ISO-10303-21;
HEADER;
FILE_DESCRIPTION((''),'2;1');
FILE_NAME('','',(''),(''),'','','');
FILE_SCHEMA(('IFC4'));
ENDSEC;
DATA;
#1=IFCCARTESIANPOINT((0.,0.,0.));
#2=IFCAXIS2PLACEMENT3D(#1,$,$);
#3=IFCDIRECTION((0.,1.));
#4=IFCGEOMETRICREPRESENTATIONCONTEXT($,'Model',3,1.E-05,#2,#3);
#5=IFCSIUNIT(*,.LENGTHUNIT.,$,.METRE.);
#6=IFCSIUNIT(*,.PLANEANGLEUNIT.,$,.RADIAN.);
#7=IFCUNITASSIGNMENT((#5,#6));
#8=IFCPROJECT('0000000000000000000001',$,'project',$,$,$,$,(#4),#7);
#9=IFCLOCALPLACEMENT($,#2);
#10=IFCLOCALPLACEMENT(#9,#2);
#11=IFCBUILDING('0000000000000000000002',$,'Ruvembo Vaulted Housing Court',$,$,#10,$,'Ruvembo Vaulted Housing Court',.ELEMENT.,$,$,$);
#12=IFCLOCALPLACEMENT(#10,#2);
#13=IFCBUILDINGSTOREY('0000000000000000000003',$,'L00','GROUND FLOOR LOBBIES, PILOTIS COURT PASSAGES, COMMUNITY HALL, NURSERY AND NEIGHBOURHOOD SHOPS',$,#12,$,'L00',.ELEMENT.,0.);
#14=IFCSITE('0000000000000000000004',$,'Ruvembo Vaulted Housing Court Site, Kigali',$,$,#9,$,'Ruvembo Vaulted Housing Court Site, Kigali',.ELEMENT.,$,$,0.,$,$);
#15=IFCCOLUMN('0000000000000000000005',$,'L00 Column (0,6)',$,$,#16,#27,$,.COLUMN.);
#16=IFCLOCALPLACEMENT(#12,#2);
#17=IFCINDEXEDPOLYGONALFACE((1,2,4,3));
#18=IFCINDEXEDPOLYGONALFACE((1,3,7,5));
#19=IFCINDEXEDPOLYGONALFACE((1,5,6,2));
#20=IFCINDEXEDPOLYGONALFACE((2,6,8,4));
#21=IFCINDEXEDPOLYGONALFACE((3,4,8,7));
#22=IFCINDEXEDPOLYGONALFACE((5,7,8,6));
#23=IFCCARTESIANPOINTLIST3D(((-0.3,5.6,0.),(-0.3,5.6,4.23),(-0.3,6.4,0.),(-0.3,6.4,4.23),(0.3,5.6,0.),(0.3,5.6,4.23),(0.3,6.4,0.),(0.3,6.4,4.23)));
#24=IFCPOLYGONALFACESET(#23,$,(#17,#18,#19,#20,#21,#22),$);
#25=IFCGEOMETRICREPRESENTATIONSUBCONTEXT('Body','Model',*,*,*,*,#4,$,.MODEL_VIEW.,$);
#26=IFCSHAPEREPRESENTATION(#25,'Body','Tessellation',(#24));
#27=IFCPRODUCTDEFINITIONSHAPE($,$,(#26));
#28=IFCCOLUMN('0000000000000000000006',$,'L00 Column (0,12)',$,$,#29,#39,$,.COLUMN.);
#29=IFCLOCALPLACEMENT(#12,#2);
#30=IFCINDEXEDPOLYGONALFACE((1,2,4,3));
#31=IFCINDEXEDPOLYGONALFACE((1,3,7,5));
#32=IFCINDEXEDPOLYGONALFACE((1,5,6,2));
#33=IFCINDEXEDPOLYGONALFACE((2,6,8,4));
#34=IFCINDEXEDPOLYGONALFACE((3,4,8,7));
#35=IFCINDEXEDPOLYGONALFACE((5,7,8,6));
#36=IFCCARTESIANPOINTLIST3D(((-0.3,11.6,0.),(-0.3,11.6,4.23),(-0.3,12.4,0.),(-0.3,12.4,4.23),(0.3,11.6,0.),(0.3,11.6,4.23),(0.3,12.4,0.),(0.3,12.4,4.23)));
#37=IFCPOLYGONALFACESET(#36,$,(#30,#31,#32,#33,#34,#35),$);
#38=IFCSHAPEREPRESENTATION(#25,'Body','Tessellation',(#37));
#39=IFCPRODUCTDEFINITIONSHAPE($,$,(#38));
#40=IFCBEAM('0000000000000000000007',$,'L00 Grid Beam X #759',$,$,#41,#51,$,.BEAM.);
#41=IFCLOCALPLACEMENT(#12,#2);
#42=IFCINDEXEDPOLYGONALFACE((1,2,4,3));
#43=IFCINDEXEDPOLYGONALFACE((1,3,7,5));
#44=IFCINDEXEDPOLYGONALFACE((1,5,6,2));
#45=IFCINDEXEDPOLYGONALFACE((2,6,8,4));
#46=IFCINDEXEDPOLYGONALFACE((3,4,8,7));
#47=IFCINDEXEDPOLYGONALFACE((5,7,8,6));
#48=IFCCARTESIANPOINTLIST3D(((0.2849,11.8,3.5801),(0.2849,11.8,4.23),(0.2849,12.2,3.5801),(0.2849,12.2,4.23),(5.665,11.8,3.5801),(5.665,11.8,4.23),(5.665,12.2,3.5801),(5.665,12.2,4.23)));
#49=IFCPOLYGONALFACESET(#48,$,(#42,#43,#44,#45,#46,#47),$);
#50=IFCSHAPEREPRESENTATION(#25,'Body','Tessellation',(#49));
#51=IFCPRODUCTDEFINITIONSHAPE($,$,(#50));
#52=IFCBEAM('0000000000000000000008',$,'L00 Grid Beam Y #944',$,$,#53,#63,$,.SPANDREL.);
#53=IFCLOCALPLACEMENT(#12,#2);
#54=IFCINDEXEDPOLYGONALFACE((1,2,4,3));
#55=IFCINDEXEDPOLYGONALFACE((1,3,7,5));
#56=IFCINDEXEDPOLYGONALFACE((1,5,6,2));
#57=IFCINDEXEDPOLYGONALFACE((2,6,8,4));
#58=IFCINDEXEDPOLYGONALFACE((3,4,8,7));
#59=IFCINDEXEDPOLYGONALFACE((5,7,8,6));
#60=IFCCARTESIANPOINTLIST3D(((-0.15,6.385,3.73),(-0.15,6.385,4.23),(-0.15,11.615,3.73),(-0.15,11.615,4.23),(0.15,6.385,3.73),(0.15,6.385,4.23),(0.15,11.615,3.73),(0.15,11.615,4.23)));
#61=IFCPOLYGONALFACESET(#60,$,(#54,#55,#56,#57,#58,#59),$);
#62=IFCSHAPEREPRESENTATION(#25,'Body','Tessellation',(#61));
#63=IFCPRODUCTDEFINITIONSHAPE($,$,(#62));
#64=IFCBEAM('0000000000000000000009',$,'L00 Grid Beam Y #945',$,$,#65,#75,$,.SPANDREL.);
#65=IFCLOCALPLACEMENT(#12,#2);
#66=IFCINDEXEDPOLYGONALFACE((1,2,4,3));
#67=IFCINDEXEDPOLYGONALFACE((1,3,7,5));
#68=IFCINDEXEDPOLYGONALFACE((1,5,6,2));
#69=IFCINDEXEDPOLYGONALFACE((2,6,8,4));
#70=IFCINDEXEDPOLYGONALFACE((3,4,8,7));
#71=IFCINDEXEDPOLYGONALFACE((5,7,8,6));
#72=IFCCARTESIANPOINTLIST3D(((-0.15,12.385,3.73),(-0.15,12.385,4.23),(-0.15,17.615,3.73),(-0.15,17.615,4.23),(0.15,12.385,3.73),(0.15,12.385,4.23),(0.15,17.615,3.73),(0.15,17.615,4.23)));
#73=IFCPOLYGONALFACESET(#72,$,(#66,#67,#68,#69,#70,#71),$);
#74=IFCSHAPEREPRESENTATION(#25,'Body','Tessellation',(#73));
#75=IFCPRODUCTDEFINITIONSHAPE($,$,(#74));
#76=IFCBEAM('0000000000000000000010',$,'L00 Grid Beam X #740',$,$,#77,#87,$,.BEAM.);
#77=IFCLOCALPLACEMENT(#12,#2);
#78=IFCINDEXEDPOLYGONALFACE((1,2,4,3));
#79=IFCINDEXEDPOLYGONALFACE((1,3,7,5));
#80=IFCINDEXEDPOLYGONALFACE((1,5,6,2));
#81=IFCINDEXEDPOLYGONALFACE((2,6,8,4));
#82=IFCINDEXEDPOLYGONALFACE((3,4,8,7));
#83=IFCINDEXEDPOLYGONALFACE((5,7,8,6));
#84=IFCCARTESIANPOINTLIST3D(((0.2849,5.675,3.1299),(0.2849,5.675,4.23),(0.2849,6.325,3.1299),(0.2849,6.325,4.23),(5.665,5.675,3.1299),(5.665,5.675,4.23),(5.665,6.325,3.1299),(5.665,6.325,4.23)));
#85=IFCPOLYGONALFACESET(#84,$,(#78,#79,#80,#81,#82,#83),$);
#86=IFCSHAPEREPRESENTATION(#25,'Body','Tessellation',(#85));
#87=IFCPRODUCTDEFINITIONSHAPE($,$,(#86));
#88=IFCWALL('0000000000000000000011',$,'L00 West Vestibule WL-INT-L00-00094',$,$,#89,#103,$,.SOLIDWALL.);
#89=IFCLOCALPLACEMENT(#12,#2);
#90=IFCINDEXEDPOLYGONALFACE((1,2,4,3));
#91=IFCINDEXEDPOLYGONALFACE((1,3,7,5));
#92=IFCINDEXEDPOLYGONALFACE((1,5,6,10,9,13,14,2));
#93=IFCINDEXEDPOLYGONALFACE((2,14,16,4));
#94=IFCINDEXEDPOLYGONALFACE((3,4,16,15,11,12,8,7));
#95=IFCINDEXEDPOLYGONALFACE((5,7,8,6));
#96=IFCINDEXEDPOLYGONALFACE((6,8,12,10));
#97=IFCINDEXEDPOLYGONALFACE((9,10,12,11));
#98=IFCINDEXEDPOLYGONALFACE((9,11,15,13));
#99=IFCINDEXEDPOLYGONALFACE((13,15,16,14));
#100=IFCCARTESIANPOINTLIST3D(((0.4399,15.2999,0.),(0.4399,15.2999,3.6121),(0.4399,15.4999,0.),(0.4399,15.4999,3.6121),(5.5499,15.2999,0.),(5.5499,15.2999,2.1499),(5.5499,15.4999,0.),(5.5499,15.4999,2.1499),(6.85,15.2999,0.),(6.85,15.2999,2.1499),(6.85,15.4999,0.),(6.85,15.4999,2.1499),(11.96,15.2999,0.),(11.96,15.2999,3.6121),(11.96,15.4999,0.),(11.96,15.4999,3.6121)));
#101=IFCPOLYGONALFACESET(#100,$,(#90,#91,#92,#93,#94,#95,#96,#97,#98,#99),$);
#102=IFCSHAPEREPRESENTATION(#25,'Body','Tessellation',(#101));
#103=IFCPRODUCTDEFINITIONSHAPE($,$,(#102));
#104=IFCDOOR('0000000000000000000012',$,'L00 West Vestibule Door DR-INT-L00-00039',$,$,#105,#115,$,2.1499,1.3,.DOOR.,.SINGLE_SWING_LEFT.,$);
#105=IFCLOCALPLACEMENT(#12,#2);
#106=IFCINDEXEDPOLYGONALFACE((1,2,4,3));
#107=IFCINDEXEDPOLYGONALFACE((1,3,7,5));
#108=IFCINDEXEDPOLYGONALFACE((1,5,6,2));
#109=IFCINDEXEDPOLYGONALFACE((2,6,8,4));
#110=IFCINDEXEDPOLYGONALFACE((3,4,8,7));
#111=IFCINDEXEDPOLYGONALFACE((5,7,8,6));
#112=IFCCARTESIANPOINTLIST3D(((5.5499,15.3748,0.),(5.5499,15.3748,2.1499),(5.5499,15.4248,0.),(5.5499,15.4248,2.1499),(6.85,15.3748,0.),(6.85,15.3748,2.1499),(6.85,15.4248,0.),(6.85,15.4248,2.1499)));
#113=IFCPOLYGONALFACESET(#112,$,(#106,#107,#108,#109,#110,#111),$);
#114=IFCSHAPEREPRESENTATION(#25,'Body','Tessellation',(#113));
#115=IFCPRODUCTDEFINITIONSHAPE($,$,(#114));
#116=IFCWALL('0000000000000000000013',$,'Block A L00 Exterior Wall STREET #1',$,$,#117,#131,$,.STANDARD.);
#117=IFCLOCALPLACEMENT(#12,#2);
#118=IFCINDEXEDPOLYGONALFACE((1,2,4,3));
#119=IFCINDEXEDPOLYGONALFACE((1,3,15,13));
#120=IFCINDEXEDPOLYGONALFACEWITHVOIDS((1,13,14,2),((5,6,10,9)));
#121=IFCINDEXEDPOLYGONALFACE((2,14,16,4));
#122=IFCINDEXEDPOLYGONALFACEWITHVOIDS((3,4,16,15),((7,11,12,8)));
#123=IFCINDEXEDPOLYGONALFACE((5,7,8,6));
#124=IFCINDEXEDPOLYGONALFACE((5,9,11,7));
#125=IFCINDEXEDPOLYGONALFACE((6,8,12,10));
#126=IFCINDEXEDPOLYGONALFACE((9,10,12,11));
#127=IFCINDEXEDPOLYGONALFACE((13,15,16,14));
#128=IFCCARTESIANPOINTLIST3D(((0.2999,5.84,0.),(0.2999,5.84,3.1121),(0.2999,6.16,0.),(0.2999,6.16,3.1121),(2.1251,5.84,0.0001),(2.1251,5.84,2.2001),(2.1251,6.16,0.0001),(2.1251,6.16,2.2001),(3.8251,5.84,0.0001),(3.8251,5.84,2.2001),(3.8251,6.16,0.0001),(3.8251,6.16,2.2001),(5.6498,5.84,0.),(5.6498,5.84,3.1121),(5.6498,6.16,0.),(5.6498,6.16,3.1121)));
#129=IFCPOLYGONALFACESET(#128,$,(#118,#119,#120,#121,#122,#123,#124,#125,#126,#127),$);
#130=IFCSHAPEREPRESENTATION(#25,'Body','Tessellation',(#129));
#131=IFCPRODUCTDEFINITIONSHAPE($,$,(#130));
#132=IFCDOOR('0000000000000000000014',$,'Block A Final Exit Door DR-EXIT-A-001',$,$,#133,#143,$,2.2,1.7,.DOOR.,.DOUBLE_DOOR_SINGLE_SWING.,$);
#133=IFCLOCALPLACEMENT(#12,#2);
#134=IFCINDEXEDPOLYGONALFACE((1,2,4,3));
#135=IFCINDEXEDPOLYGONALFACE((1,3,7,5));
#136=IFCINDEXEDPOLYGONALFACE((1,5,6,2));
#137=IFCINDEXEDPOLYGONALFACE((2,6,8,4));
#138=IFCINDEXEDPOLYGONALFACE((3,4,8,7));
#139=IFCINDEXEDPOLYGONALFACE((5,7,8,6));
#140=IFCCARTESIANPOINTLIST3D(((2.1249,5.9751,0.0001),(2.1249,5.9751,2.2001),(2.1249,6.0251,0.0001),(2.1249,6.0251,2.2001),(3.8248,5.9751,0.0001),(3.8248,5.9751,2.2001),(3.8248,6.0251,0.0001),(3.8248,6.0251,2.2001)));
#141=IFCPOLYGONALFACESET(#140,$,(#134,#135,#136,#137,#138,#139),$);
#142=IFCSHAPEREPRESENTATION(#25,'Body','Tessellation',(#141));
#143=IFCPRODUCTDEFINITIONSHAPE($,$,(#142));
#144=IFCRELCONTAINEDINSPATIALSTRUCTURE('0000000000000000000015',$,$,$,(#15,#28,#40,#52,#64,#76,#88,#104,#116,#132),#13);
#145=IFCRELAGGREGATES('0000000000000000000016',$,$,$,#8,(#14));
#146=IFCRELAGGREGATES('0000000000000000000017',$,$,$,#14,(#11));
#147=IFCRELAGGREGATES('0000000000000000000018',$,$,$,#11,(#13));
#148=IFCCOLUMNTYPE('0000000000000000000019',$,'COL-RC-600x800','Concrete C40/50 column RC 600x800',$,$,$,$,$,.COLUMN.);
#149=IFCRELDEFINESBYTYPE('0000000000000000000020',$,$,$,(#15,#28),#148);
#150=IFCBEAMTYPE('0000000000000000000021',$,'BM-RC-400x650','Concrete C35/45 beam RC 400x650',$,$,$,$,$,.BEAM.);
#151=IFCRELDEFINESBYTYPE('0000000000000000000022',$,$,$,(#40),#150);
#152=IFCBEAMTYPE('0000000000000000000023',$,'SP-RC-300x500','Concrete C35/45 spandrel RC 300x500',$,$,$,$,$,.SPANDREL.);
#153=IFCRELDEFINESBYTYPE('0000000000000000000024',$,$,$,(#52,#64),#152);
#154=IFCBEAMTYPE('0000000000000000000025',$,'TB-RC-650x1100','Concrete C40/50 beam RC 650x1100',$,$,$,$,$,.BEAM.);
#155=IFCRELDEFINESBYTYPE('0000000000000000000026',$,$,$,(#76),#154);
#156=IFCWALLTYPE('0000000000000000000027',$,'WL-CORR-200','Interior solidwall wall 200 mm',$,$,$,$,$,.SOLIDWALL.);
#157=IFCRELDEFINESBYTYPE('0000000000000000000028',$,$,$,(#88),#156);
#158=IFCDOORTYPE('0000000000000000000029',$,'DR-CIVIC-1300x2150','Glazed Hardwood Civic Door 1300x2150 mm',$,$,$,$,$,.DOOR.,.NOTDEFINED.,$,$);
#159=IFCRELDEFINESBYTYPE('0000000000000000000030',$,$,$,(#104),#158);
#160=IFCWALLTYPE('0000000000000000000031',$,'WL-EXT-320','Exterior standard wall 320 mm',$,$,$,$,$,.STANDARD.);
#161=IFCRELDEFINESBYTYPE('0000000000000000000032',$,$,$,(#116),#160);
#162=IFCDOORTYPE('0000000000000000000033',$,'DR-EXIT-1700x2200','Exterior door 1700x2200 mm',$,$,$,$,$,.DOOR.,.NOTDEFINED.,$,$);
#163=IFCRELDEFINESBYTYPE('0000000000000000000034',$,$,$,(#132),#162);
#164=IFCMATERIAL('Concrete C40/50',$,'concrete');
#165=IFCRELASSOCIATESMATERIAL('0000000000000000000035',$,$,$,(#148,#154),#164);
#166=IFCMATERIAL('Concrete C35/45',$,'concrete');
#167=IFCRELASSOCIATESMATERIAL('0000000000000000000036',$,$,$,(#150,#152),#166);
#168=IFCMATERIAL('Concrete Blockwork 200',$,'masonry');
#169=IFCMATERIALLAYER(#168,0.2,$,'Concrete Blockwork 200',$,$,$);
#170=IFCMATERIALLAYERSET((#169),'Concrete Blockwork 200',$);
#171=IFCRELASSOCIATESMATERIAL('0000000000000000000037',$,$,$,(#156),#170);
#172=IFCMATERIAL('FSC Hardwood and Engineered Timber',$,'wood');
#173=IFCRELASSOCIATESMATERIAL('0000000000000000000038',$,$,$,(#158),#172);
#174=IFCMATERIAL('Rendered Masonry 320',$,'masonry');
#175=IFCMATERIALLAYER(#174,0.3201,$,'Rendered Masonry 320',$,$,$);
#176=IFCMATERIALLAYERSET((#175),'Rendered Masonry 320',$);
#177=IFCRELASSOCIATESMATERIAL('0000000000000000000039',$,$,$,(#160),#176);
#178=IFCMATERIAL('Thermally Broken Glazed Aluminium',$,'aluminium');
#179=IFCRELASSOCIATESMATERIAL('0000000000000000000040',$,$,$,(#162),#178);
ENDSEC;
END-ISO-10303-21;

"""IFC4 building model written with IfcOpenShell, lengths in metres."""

from ifc_helpers import new_model, si_unit, direction, frame, frame_2d, origin, origin_2d, place, context, subcontext, project, spatial, rectangle, extrude, material, layer, layer_set, material_profile, profile_set, type_object, element, fill, save


model = new_model("IFC4")

# Units and contexts
model_context = context("Model", 3, precision=1e-05, world=origin(), true_north=direction((0.0, 1.0)))
body_context = subcontext(model_context, "Body", "Model", "MODEL_VIEW")
ifc_project = project(units=[si_unit("LENGTHUNIT", "METRE"), si_unit("PLANEANGLEUNIT", "RADIAN")], contexts=[model_context])

# Site, building, storey
site_placement = place(None, origin())
site = spatial("IfcSite", under=ifc_project, at=site_placement, Name="Ruvembo Vaulted Housing Court Site, Kigali", LongName="Ruvembo Vaulted Housing Court Site, Kigali", CompositionType="ELEMENT", RefElevation=0.0)
building_placement = place(site_placement, origin())
building = spatial("IfcBuilding", under=site, at=building_placement, Name="Ruvembo Vaulted Housing Court", LongName="Ruvembo Vaulted Housing Court", CompositionType="ELEMENT")
storey_placement = place(building_placement, origin())
storey = spatial("IfcBuildingStorey", under=building, at=storey_placement, Name="L00", Description="GROUND FLOOR LOBBIES, PILOTIS COURT PASSAGES, COMMUNITY HALL, NURSERY AND NEIGHBOURHOOD SHOPS", LongName="L00", CompositionType="ELEMENT", Elevation=0.0)

# Columns
ifc_material_1 = material(Name="Concrete C40/50", Category="concrete")
ifc_material_profile_1 = material_profile(ifc_material_1, rectangle(XDim=0.6001, YDim=0.8, at=origin_2d()), Name="RC 600x800")
ifc_profile_set_1 = profile_set([ifc_material_profile_1], Name="Concrete C40/50")
column_type = type_object("IfcColumnType", Name="COL-RC-600x800", Description="Concrete C40/50 column RC 600x800", PredefinedType="COLUMN", material=ifc_profile_set_1)
for number, where, z_axis, x_axis, name in (
    (1, (0.0, 6.0, 0.0), (0.0, 0.0, 1.0), (1.0, 0.0, 0.0), "L00 Column (0,6)"),
    (2, (0.0, 12.0, 0.0), (0.0, 0.0, 1.0), (1.0, 0.0, 0.0), "L00 Column (0,12)"),
):
    element("IfcColumn", number, at=place(storey_placement, frame(where, z_axis=z_axis, x_axis=x_axis)), inside=storey, type_object=column_type, Name=name, PredefinedType="COLUMN", context=body_context, shape_type="SweptSolid", body=[
        extrude(rectangle(XDim=0.6001, YDim=0.8, at=origin_2d()), origin(), (0.0, 0.0, 1.0), 4.23),
    ])

# Beams
ifc_material_2 = material(Name="Concrete C35/45", Category="concrete")
ifc_material_profile_2 = material_profile(ifc_material_2, rectangle(XDim=0.3999, YDim=0.6499, at=origin_2d()), Name="RC 400x650")
ifc_profile_set_2 = profile_set([ifc_material_profile_2], Name="Concrete C35/45")
beam_type_1 = type_object("IfcBeamType", Name="BM-RC-400x650", Description="Concrete C35/45 beam RC 400x650", PredefinedType="BEAM", material=ifc_profile_set_2)
beam_1_placement = place(storey_placement, frame((0.2849, 12.0, 3.905), z_axis=(1.0, 0.0, 0.0), x_axis=(0.0, 1.0, 0.0)))
element("IfcBeam", 3, at=beam_1_placement, inside=storey, type_object=beam_type_1, Name="L00 Grid Beam X #759", PredefinedType="BEAM", context=body_context, shape_type="SweptSolid", body=[
    extrude(rectangle(XDim=0.3999, YDim=0.6499, at=origin_2d()), origin(), (0.0, 0.0, 1.0), 5.3801),
])
ifc_material_profile_3 = material_profile(ifc_material_2, rectangle(XDim=0.3, YDim=0.5, at=origin_2d()), Name="RC 300x500")
ifc_profile_set_3 = profile_set([ifc_material_profile_3], Name="Concrete C35/45")
beam_type_2 = type_object("IfcBeamType", Name="SP-RC-300x500", Description="Concrete C35/45 spandrel RC 300x500", PredefinedType="SPANDREL", material=ifc_profile_set_3)
for number, where, z_axis, x_axis, name in (
    (4, (0.0, 6.385, 3.98), (0.0, 1.0, 0.0), (-1.0, 0.0, 0.0), "L00 Grid Beam Y #944"),
    (5, (0.0, 12.385, 3.98), (0.0, 1.0, 0.0), (-1.0, 0.0, 0.0), "L00 Grid Beam Y #945"),
):
    element("IfcBeam", number, at=place(storey_placement, frame(where, z_axis=z_axis, x_axis=x_axis)), inside=storey, type_object=beam_type_2, Name=name, PredefinedType="SPANDREL", context=body_context, shape_type="SweptSolid", body=[
        extrude(rectangle(XDim=0.3, YDim=0.5, at=origin_2d()), origin(), (0.0, 0.0, 1.0), 5.23),
    ])
ifc_material_profile_4 = material_profile(ifc_material_1, rectangle(XDim=0.6499, YDim=1.1001, at=origin_2d()), Name="RC 650x1100")
ifc_profile_set_4 = profile_set([ifc_material_profile_4], Name="Concrete C40/50")
beam_type_3 = type_object("IfcBeamType", Name="TB-RC-650x1100", Description="Concrete C40/50 beam RC 650x1100", PredefinedType="BEAM", material=ifc_profile_set_4)
beam_2_placement = place(storey_placement, frame((0.2849, 6.0, 3.6799), z_axis=(1.0, 0.0, 0.0), x_axis=(0.0, 1.0, 0.0)))
element("IfcBeam", 6, at=beam_2_placement, inside=storey, type_object=beam_type_3, Name="L00 Grid Beam X #740", PredefinedType="BEAM", context=body_context, shape_type="SweptSolid", body=[
    extrude(rectangle(XDim=0.6499, YDim=1.1001, at=origin_2d()), origin(), (0.0, 0.0, 1.0), 5.3801),
])

# Walls, openings, doors
ifc_material_3 = material(Name="Concrete Blockwork 200", Category="masonry")
ifc_layer_1 = layer(ifc_material_3, 0.2, Name="Concrete Blockwork 200")
ifc_layer_set_1 = layer_set([ifc_layer_1], Name="Concrete Blockwork 200")
wall_type_1 = type_object("IfcWallType", Name="WL-CORR-200", Description="Interior solidwall wall 200 mm", PredefinedType="SOLIDWALL", material=ifc_layer_set_1)
wall_1_placement = place(storey_placement, frame((0.4399, 15.3999, 0.0), z_axis=(0.0, 0.0, 1.0), x_axis=(1.0, 0.0, 0.0)))
wall_1 = element("IfcWall", 7, at=wall_1_placement, inside=storey, type_object=wall_type_1, Name="L00 West Vestibule WL-INT-L00-00094", PredefinedType="SOLIDWALL", context=body_context, shape_type="SweptSolid", body=[
    extrude(rectangle(XDim=11.52, YDim=0.2, at=frame_2d((5.76, 0.0))), origin(), (0.0, 0.0, 1.0), 3.6121),
])
opening_1_placement = place(wall_1_placement, frame((5.1101, 0.0, 0.0)))
opening_1 = element("IfcOpeningElement", 8, at=opening_1_placement, cuts=wall_1, PredefinedType="OPENING", context=body_context, shape_type="SweptSolid", body=[
    extrude(rectangle(XDim=1.3, YDim=2.1499, at=frame_2d((0.6499, 1.075))), frame((0.0, 0.1099, 0.0), z_axis=(0.0, -1.0, 0.0), x_axis=(1.0, 0.0, 0.0)), (0.0, 0.0, 1.0), 0.22),
])
ifc_material_4 = material(Name="FSC Hardwood and Engineered Timber", Category="wood")
door_type_1 = type_object("IfcDoorType", Name="DR-CIVIC-1300x2150", Description="Glazed Hardwood Civic Door 1300x2150 mm", OperationType="NOTDEFINED", PredefinedType="DOOR", material=ifc_material_4)
door_1_placement = place(opening_1_placement, origin())
door_1 = element("IfcDoor", 9, at=door_1_placement, inside=storey, type_object=door_type_1, Name="L00 West Vestibule Door DR-INT-L00-00039", OperationType="SINGLE_SWING_LEFT", OverallHeight=2.1499, OverallWidth=1.3, PredefinedType="DOOR", context=body_context, shape_type="SweptSolid", body=[
    extrude(rectangle(XDim=1.3, YDim=2.1499, at=frame_2d((0.6499, 1.075))), frame((0.0, 0.0249, 0.0), z_axis=(0.0, -1.0, 0.0), x_axis=(1.0, 0.0, 0.0)), (0.0, 0.0, 1.0), 0.05),
])
fill(opening_1, door_1)
ifc_material_5 = material(Name="Rendered Masonry 320", Category="masonry")
ifc_layer_2 = layer(ifc_material_5, 0.3201, Name="Rendered Masonry 320")
ifc_layer_set_2 = layer_set([ifc_layer_2], Name="Rendered Masonry 320")
wall_type_2 = type_object("IfcWallType", Name="WL-EXT-320", Description="Exterior standard wall 320 mm", PredefinedType="STANDARD", material=ifc_layer_set_2)
wall_2_placement = place(storey_placement, frame((0.3, 6.0, 0.0), z_axis=(0.0, 0.0, 1.0), x_axis=(1.0, 0.0, 0.0)))
wall_2 = element("IfcWall", 10, at=wall_2_placement, inside=storey, type_object=wall_type_2, Name="Block A L00 Exterior Wall STREET #1", PredefinedType="STANDARD", context=body_context, shape_type="SweptSolid", body=[
    extrude(rectangle(XDim=5.3499, YDim=0.3201, at=frame_2d((2.6748, 0.0))), origin(), (0.0, 0.0, 1.0), 3.1121),
])
opening_2_placement = place(wall_2_placement, frame((1.825, 0.0, 0.0)))
opening_2 = element("IfcOpeningElement", 11, at=opening_2_placement, cuts=wall_2, PredefinedType="OPENING", context=body_context, shape_type="SweptSolid", body=[
    extrude(rectangle(XDim=1.7, YDim=2.2, at=frame_2d((0.8501, 1.1001))), frame((0.0, 0.1699, 0.0), z_axis=(0.0, -1.0, 0.0), x_axis=(1.0, 0.0, 0.0)), (0.0, 0.0, 1.0), 0.3401),
])
ifc_material_6 = material(Name="Thermally Broken Glazed Aluminium", Category="aluminium")
door_type_2 = type_object("IfcDoorType", Name="DR-EXIT-1700x2200", Description="Exterior door 1700x2200 mm", OperationType="NOTDEFINED", PredefinedType="DOOR", material=ifc_material_6)
door_2_placement = place(opening_2_placement, frame((1.7, 0.0, 0.0), z_axis=(0.0, 0.0, 1.0), x_axis=(-1.0, 0.0, 0.0)))
door_2 = element("IfcDoor", 12, at=door_2_placement, inside=storey, type_object=door_type_2, Name="Block A Final Exit Door DR-EXIT-A-001", OperationType="DOUBLE_DOOR_SINGLE_SWING", OverallHeight=2.2, OverallWidth=1.7, PredefinedType="DOOR", context=body_context, shape_type="SweptSolid", body=[
    extrude(rectangle(XDim=1.7, YDim=2.2, at=frame_2d((0.8501, 1.1001))), frame((0.0, 0.0249, 0.0), z_axis=(0.0, -1.0, 0.0), x_axis=(1.0, 0.0, 0.0)), (0.0, 0.0, 1.0), 0.05),
])
fill(opening_2, door_2)

save(model, "model.ifc")
